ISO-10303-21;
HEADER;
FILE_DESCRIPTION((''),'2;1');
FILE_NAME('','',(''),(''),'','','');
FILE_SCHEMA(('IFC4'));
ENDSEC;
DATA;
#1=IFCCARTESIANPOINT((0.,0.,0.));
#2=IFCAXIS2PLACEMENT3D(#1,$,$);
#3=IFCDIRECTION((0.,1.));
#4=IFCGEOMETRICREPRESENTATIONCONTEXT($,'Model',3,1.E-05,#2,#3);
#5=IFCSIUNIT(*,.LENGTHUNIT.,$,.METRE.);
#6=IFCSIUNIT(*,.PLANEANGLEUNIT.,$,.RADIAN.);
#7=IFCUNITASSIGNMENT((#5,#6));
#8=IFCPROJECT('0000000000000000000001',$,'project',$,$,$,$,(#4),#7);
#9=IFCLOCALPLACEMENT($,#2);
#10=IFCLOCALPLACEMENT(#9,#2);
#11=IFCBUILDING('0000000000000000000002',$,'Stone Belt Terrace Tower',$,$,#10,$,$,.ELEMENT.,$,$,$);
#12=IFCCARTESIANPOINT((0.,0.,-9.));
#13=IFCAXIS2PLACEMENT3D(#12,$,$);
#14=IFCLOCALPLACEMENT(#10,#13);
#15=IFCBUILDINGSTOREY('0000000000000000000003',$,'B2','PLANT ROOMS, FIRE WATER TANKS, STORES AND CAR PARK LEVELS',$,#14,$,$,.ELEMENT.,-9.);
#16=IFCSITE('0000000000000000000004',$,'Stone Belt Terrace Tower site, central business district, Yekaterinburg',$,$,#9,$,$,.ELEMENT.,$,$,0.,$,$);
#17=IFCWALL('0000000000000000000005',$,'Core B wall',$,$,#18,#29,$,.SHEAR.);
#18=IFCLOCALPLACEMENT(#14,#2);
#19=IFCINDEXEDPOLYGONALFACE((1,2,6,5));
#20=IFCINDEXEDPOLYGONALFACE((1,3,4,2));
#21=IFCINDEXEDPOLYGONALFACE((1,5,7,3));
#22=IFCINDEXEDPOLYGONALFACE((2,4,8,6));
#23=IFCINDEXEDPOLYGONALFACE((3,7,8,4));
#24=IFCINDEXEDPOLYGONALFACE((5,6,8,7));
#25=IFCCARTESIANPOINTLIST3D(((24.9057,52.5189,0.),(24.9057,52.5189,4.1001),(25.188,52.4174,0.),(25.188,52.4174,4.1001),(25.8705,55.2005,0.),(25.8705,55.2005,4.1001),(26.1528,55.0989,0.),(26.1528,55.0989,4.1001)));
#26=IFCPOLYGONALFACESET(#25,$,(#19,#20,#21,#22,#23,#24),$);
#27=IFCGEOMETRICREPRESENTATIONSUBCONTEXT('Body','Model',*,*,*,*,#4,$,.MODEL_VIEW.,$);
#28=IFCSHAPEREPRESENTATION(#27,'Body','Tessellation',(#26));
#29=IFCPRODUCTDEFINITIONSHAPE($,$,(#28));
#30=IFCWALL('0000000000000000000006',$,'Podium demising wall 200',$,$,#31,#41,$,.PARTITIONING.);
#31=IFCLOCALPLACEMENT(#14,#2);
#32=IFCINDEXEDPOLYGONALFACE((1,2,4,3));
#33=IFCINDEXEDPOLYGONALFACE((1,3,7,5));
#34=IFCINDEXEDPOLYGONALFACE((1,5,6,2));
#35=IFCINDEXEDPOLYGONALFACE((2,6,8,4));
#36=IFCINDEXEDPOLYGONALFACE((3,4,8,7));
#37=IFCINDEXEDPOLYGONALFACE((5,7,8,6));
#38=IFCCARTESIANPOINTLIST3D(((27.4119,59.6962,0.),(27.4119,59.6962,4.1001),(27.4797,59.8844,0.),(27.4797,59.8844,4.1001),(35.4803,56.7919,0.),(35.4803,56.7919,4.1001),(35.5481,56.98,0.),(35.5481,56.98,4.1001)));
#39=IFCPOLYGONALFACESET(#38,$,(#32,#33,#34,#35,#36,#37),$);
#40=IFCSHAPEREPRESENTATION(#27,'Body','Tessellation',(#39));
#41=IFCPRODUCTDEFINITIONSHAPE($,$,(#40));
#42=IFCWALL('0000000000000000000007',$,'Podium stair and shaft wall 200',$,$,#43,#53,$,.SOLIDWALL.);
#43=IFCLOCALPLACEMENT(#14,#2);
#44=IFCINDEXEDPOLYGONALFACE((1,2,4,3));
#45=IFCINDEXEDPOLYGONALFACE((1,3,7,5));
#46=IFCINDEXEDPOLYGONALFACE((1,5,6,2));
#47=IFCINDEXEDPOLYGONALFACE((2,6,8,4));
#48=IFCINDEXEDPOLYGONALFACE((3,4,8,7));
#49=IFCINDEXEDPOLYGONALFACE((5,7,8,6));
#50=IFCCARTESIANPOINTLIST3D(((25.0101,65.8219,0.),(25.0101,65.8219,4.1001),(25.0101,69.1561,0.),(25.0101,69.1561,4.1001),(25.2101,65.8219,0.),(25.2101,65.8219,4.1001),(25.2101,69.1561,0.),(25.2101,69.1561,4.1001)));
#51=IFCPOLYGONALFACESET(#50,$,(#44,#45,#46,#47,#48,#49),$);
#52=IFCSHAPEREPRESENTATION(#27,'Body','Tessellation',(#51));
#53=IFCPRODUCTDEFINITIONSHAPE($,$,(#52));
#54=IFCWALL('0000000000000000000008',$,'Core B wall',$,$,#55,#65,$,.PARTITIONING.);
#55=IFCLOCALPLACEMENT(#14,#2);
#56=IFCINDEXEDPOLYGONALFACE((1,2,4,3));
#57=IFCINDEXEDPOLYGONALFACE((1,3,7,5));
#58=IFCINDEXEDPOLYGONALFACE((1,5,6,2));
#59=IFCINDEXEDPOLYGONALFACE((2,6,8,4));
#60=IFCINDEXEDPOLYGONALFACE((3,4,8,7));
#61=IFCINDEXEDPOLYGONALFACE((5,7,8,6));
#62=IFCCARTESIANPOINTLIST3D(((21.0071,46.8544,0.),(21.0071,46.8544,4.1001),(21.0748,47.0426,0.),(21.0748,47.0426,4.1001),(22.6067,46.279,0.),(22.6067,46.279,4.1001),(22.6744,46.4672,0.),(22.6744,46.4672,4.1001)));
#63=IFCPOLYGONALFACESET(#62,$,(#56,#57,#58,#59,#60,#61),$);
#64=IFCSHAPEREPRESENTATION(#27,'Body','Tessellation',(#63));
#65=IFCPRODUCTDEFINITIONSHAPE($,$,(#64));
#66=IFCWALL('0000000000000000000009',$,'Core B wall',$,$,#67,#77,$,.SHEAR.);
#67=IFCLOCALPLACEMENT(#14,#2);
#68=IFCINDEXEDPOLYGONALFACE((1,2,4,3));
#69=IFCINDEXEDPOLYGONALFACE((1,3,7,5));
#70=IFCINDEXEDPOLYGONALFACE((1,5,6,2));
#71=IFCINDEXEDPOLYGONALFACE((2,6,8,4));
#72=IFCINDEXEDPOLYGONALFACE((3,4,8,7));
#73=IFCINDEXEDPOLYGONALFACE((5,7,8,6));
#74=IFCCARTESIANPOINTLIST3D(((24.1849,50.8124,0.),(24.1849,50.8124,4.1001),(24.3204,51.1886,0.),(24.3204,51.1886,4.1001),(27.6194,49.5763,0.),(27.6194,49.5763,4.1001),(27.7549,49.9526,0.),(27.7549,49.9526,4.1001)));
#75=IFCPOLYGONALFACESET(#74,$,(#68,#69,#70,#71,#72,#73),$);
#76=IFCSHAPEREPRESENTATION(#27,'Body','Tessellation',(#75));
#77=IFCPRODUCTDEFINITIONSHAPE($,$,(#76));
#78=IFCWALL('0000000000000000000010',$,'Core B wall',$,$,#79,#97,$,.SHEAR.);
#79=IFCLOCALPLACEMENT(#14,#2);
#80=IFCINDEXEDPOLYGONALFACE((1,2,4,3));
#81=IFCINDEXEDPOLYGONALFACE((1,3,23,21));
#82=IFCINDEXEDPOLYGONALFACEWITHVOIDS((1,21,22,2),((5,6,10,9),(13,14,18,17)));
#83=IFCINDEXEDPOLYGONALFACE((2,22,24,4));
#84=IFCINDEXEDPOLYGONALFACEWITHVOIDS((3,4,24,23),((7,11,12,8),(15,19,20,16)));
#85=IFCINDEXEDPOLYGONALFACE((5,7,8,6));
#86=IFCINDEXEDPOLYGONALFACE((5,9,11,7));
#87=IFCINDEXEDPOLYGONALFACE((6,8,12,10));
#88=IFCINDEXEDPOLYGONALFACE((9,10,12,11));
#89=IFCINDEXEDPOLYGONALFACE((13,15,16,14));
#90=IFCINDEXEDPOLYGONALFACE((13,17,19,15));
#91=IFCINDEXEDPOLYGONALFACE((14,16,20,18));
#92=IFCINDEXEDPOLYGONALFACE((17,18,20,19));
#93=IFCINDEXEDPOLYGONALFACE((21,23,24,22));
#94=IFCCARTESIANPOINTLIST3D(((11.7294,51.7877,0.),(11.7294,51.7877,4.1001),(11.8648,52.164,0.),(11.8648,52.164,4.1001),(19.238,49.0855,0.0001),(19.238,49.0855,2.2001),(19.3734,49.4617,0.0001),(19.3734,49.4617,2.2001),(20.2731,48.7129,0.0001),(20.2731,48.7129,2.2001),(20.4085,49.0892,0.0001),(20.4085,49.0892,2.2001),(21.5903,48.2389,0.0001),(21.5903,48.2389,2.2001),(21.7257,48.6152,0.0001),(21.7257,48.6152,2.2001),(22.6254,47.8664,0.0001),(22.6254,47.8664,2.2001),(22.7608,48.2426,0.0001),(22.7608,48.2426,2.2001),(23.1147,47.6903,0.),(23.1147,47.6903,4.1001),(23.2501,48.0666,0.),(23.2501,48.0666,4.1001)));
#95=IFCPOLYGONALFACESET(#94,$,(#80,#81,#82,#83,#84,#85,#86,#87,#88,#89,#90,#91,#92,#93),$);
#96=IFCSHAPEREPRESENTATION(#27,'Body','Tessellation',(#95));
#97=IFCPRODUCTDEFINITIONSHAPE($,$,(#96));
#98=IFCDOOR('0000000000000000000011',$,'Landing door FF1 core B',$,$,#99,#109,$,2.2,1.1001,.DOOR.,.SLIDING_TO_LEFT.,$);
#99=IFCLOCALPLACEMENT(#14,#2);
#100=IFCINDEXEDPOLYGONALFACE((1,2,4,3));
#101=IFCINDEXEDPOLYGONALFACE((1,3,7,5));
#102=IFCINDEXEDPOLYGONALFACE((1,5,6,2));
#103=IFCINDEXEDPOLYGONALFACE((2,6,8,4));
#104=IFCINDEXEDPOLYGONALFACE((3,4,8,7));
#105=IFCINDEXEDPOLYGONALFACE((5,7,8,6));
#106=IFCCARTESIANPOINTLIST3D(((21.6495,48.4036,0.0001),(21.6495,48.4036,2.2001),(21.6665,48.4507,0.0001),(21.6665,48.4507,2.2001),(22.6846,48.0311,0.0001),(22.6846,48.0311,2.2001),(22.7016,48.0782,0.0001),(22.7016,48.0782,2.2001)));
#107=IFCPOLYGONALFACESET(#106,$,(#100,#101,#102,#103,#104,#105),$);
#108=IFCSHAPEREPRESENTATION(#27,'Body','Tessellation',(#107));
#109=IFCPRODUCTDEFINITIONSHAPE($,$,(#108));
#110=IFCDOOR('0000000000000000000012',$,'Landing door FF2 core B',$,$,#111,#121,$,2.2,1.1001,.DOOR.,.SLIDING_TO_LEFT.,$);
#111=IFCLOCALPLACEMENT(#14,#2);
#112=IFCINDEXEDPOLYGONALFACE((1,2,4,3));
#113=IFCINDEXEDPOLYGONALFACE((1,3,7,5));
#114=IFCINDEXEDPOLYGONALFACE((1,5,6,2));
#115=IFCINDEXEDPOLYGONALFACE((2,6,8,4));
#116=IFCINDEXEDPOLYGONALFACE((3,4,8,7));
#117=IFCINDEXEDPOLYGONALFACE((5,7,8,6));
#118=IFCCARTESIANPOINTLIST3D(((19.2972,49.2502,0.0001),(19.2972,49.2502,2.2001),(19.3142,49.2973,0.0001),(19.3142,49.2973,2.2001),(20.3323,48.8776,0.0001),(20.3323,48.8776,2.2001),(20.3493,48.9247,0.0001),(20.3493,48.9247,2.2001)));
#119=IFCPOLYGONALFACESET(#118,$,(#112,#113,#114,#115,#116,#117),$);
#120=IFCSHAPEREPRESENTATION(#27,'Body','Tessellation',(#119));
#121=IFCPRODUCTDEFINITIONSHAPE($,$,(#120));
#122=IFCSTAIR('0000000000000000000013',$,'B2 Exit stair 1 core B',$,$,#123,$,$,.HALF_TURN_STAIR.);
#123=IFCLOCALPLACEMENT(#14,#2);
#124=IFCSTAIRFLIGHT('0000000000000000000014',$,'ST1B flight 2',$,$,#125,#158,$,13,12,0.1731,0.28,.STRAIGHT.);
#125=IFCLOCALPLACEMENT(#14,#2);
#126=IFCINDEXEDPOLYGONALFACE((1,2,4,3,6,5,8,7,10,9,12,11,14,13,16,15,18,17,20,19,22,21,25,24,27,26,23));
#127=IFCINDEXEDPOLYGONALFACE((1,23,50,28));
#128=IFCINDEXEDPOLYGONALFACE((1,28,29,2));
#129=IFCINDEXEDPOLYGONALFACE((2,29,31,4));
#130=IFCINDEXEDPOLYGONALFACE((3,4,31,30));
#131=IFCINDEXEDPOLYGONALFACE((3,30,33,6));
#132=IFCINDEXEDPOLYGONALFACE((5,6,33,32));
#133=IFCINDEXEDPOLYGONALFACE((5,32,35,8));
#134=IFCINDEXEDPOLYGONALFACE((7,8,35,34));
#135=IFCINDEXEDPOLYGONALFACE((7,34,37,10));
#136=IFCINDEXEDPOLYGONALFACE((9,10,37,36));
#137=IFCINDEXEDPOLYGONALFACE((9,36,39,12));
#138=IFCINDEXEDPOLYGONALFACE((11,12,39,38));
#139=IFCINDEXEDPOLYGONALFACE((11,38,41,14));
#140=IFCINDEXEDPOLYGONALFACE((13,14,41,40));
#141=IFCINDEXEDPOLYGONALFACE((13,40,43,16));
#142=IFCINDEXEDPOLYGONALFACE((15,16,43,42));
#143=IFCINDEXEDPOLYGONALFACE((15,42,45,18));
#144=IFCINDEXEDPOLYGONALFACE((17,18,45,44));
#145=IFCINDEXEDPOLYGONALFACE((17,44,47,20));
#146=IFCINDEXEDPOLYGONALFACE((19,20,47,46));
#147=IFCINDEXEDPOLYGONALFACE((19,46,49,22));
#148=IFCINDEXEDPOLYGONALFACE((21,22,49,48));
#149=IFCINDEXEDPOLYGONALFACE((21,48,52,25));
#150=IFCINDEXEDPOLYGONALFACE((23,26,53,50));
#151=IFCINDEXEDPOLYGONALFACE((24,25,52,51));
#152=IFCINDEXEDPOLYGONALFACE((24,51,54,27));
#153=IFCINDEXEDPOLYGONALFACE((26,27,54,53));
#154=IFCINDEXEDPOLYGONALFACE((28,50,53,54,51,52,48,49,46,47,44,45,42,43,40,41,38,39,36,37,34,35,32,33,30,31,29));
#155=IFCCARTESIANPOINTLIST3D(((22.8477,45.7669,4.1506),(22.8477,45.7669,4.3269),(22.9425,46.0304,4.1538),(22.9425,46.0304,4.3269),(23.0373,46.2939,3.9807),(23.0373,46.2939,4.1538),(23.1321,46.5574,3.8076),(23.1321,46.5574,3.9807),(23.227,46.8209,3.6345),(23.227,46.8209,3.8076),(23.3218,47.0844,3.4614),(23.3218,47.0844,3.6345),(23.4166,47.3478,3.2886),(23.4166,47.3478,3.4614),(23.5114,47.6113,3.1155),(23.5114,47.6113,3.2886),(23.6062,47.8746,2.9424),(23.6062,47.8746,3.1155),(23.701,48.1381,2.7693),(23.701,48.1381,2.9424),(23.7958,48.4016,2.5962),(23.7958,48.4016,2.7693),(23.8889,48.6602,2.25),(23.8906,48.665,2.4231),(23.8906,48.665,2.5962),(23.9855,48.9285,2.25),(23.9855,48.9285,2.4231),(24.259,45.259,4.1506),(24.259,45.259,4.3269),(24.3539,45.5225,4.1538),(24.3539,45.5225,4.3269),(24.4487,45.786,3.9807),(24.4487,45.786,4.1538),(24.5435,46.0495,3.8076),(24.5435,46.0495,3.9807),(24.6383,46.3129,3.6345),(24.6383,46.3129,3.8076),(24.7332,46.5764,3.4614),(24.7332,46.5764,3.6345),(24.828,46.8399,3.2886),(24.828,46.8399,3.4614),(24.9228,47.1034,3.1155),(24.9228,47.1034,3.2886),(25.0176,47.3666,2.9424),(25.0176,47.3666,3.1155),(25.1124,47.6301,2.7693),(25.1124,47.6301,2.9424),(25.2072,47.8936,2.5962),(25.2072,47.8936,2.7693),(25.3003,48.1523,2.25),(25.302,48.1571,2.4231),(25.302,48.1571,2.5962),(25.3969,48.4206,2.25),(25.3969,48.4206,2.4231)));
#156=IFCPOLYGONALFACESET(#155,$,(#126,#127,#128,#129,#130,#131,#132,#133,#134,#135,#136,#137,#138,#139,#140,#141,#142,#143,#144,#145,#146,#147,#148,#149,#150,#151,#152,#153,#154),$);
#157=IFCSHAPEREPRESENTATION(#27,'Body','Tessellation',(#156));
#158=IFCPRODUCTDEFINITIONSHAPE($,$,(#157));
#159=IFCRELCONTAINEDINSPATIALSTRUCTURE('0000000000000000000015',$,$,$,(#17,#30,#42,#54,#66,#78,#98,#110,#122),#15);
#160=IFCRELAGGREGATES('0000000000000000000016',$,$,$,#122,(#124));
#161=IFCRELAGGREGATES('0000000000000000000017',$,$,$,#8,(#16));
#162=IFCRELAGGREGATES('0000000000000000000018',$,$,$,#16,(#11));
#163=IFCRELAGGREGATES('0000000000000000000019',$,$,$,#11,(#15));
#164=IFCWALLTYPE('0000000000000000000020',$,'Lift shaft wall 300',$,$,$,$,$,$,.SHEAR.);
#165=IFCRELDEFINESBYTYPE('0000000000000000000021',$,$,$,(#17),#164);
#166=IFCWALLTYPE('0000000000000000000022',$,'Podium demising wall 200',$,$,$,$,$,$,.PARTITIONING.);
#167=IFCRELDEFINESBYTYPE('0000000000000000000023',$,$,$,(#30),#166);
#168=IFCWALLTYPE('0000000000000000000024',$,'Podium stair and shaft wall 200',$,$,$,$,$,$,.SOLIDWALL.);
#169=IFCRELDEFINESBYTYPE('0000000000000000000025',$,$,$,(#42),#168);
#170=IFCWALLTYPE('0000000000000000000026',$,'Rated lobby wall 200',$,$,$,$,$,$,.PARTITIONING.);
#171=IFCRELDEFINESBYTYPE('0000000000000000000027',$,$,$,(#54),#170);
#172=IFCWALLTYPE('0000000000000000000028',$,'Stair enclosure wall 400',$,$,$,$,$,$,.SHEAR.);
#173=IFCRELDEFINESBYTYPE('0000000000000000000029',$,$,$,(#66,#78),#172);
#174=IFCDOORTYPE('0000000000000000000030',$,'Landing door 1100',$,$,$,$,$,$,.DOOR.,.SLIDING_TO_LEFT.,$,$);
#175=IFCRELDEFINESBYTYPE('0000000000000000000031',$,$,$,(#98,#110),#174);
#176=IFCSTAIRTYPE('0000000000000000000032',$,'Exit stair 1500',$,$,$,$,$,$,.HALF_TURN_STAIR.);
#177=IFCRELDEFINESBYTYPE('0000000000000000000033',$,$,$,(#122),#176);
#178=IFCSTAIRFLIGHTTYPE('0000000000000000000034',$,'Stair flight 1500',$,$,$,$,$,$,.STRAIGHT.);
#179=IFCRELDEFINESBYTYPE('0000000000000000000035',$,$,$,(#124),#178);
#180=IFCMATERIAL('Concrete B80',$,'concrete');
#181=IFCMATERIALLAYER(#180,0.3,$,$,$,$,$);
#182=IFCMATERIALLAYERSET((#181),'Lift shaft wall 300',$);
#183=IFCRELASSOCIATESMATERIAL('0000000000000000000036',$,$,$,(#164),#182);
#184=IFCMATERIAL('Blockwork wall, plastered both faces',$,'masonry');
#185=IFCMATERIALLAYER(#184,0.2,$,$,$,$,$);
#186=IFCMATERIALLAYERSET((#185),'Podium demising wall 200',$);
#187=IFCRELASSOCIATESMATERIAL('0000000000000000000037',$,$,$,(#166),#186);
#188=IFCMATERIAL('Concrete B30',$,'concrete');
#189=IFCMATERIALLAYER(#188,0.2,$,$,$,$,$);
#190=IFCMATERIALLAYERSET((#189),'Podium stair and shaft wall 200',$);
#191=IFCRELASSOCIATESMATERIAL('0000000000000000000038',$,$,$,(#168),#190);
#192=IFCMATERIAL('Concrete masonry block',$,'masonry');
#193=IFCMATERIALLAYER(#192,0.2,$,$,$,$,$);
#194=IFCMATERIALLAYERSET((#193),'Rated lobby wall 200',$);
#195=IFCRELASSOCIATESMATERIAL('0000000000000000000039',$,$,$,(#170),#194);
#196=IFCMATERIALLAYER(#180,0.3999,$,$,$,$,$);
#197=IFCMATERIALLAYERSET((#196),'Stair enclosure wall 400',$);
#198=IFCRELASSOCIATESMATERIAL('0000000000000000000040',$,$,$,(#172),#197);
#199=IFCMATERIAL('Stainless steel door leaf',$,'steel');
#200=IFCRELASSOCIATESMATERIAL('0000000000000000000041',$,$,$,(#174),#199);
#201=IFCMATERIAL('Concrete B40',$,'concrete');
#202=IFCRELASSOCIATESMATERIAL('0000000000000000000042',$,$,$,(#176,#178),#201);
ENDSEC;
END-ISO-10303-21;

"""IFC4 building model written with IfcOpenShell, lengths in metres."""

from ifc_helpers import new_model, si_unit, direction, frame, frame_2d, origin, place, context, subcontext, project, spatial, polyline, rectangle, outline, extrude, material, layer, layer_set, type_object, element, fill, aggregate, save


model = new_model("IFC4")

# Units and contexts
model_context = context("Model", 3, precision=1e-05, world=origin(), true_north=direction((0.0, 1.0)))
body_context = subcontext(model_context, "Body", "Model", "MODEL_VIEW")
ifc_project = project(units=[si_unit("LENGTHUNIT", "METRE"), si_unit("PLANEANGLEUNIT", "RADIAN")], contexts=[model_context])

# Site, building, storey
site_placement = place(None, origin())
site = spatial("IfcSite", under=ifc_project, at=site_placement, Name="Stone Belt Terrace Tower site, central business district, Yekaterinburg", CompositionType="ELEMENT", RefElevation=0.0)
building_placement = place(site_placement, origin())
building = spatial("IfcBuilding", under=site, at=building_placement, Name="Stone Belt Terrace Tower", CompositionType="ELEMENT")
storey_placement = place(building_placement, frame((0.0, 0.0, -9.0)))
storey = spatial("IfcBuildingStorey", under=building, at=storey_placement, Name="B2", Description="PLANT ROOMS, FIRE WATER TANKS, STORES AND CAR PARK LEVELS", CompositionType="ELEMENT", Elevation=-9.0)

# Shared definitions
ifc_material_1 = material(Name="Concrete B80", Category="concrete")

# Shared definitions
ifc_material_2 = material(Name="Concrete B30", Category="concrete")

# Shared definitions
ifc_layer_1 = layer(ifc_material_1, 0.3)
ifc_layer_set_1 = layer_set([ifc_layer_1], Name="Lift shaft wall 300")
wall_type_1 = type_object("IfcWallType", Name="Lift shaft wall 300", PredefinedType="SHEAR", material=ifc_layer_set_1)
ifc_material_3 = material(Name="Stainless steel door leaf", Category="steel")

# Walls
wall_1_placement = place(storey_placement, frame((25.0469, 52.4683, 0.0), z_axis=(0.0, 0.0, 1.0), x_axis=(0.33855, 0.940949, 0.0)))
element("IfcWall", 1, at=wall_1_placement, inside=storey, type_object=wall_type_1, Name="Core B wall", PredefinedType="SHEAR", context=body_context, shape_type="SweptSolid", body=[
    extrude(rectangle(XDim=2.8499, YDim=0.3, at=frame_2d((1.4248, 0.0))), origin(), (0.0, 0.0, 1.0), 4.1001),
])
ifc_material_4 = material(Name="Blockwork wall, plastered both faces", Category="masonry")
ifc_layer_2 = layer(ifc_material_4, 0.2)
ifc_layer_set_2 = layer_set([ifc_layer_2], Name="Podium demising wall 200")
wall_type_2 = type_object("IfcWallType", Name="Podium demising wall 200", PredefinedType="PARTITIONING", material=ifc_layer_set_2)
wall_2_placement = place(storey_placement, frame((27.4458, 59.7903, 0.0), z_axis=(0.0, 0.0, 1.0), x_axis=(0.940899, -0.338687, 0.0)))
element("IfcWall", 2, at=wall_2_placement, inside=storey, type_object=wall_type_2, Name="Podium demising wall 200", PredefinedType="PARTITIONING", context=body_context, shape_type="SweptSolid", body=[
    extrude(rectangle(XDim=8.5752, YDim=0.2, at=frame_2d((4.2876, 0.0))), origin(), (0.0, 0.0, 1.0), 4.1001),
])
ifc_layer_3 = layer(ifc_material_2, 0.2)
ifc_layer_set_3 = layer_set([ifc_layer_3], Name="Podium stair and shaft wall 200")
wall_type_3 = type_object("IfcWallType", Name="Podium stair and shaft wall 200", PredefinedType="SOLIDWALL", material=ifc_layer_set_3)
wall_3_placement = place(storey_placement, frame((25.1101, 65.822, 0.0), z_axis=(0.0, 0.0, 1.0), x_axis=(0.0, 1.0, 0.0)))
element("IfcWall", 3, at=wall_3_placement, inside=storey, type_object=wall_type_3, Name="Podium stair and shaft wall 200", PredefinedType="SOLIDWALL", context=body_context, shape_type="SweptSolid", body=[
    extrude(rectangle(XDim=3.3342, YDim=0.2, at=frame_2d((1.667, 0.0))), origin(), (0.0, 0.0, 1.0), 4.1001),
])
ifc_material_5 = material(Name="Concrete masonry block", Category="masonry")
ifc_layer_4 = layer(ifc_material_5, 0.2)
ifc_layer_set_4 = layer_set([ifc_layer_4], Name="Rated lobby wall 200")
wall_type_4 = type_object("IfcWallType", Name="Rated lobby wall 200", PredefinedType="PARTITIONING", material=ifc_layer_set_4)
wall_4_placement = place(storey_placement, frame((22.6406, 46.373, 0.0), z_axis=(0.0, 0.0, 1.0), x_axis=(-0.940966, 0.338501, 0.0)))
element("IfcWall", 4, at=wall_4_placement, inside=storey, type_object=wall_type_4, Name="Core B wall", PredefinedType="PARTITIONING", context=body_context, shape_type="SweptSolid", body=[
    extrude(rectangle(XDim=1.7, YDim=0.2, at=frame_2d((0.8501, 0.0))), origin(), (0.0, 0.0, 1.0), 4.1001),
])
ifc_layer_5 = layer(ifc_material_1, 0.3999)
ifc_layer_set_5 = layer_set([ifc_layer_5], Name="Stair enclosure wall 400")
wall_type_5 = type_object("IfcWallType", Name="Stair enclosure wall 400", PredefinedType="SHEAR", material=ifc_layer_set_5)
wall_5_placement = place(storey_placement, frame((27.6873, 49.7644, 0.0), z_axis=(0.0, 0.0, 1.0), x_axis=(-0.940919, 0.338632, 0.0)))
element("IfcWall", 5, at=wall_5_placement, inside=storey, type_object=wall_type_5, Name="Core B wall", PredefinedType="SHEAR", context=body_context, shape_type="SweptSolid", body=[
    extrude(rectangle(XDim=3.6501, YDim=0.3999, at=frame_2d((1.8252, 0.0))), origin(), (0.0, 0.0, 1.0), 4.1001),
])

# Wall, openings, doors
wall_6_placement = place(storey_placement, frame((23.1824, 47.8784, 0.0), z_axis=(0.0, 0.0, 1.0), x_axis=(-0.940921, 0.338626, 0.0)))
wall_6 = element("IfcWall", 6, at=wall_6_placement, inside=storey, type_object=wall_type_5, Name="Core B wall", PredefinedType="SHEAR", context=body_context, shape_type="SweptSolid", body=[
    extrude(rectangle(XDim=12.1001, YDim=0.3999, at=frame_2d((6.05, 0.0))), origin(), (0.0, 0.0, 1.0), 4.1001),
])
opening_1_placement = place(wall_6_placement, frame((0.52, 0.0, 0.0)))
opening_1 = element("IfcOpeningElement", 7, at=opening_1_placement, cuts=wall_6, PredefinedType="OPENING", context=body_context, shape_type="SweptSolid", body=[
    extrude(rectangle(XDim=1.1001, YDim=2.2, at=frame_2d((0.55, 1.1001))), frame((0.0, 0.21, 0.0), z_axis=(0.0, -1.0, 0.0), x_axis=(1.0, 0.0, 0.0)), (0.0, 0.0, 1.0), 0.4199),
])
opening_2_placement = place(wall_6_placement, frame((3.02, 0.0, 0.0)))
opening_2 = element("IfcOpeningElement", 8, at=opening_2_placement, cuts=wall_6, PredefinedType="OPENING", context=body_context, shape_type="SweptSolid", body=[
    extrude(rectangle(XDim=1.1001, YDim=2.2, at=frame_2d((0.55, 1.1001))), frame((0.0, 0.21, 0.0), z_axis=(0.0, -1.0, 0.0), x_axis=(1.0, 0.0, 0.0)), (0.0, 0.0, 1.0), 0.4199),
])
door_type_1 = type_object("IfcDoorType", Name="Landing door 1100", OperationType="SLIDING_TO_LEFT", PredefinedType="DOOR", material=ifc_material_3)
door_1_placement = place(opening_1_placement, origin())
door_1 = element("IfcDoor", 9, at=door_1_placement, inside=storey, type_object=door_type_1, Name="Landing door FF1 core B", OperationType="SLIDING_TO_LEFT", OverallHeight=2.2, OverallWidth=1.1001, PredefinedType="DOOR", context=body_context, shape_type="SweptSolid", body=[
    extrude(rectangle(XDim=1.1001, YDim=2.2, at=frame_2d((0.55, 1.1001))), frame((0.0, 0.0249, 0.0), z_axis=(0.0, -1.0, 0.0), x_axis=(1.0, 0.0, 0.0)), (0.0, 0.0, 1.0), 0.05),
])
fill(opening_1, door_1)
door_2_placement = place(opening_2_placement, origin())
door_2 = element("IfcDoor", 10, at=door_2_placement, inside=storey, type_object=door_type_1, Name="Landing door FF2 core B", OperationType="SLIDING_TO_LEFT", OverallHeight=2.2, OverallWidth=1.1001, PredefinedType="DOOR", context=body_context, shape_type="SweptSolid", body=[
    extrude(rectangle(XDim=1.1001, YDim=2.2, at=frame_2d((0.55, 1.1001))), frame((0.0, 0.0249, 0.0), z_axis=(0.0, -1.0, 0.0), x_axis=(1.0, 0.0, 0.0)), (0.0, 0.0, 1.0), 0.05),
])
fill(opening_2, door_2)

# Stair, stair flight
ifc_material_6 = material(Name="Concrete B40", Category="concrete")
stair_type = type_object("IfcStairType", Name="Exit stair 1500", PredefinedType="HALF_TURN_STAIR", material=ifc_material_6)
stair_placement = place(storey_placement, origin())
stair = element("IfcStair", 11, at=stair_placement, inside=storey, type_object=stair_type, Name="B2 Exit stair 1 core B", PredefinedType="HALF_TURN_STAIR")
stair_flight_type = type_object("IfcStairFlightType", Name="Stair flight 1500", PredefinedType="STRAIGHT", material=ifc_material_6)
stair_flight_placement = place(storey_placement, frame((24.6912, 48.6746, 2.25), z_axis=(0.0, 0.0, 1.0), x_axis=(-0.338624, -0.940922, 0.0)))
stair_flight = element("IfcStairFlight", 12, at=stair_flight_placement, type_object=stair_flight_type, Name="ST1B flight 2", NumberOfRisers=13, NumberOfTreads=12, PredefinedType="STRAIGHT", RiserHeight=0.1731, TreadLength=0.28, context=body_context, shape_type="SweptSolid", body=[
    extrude(outline(polyline([(0.0, 0.0), (0.0, 0.1731), (0.28, 0.1731), (0.28, 0.3462), (0.5601, 0.3462), (0.5601, 0.5193), (0.8401, 0.5193), (0.8401, 0.6924), (1.1201, 0.6924), (1.1201, 0.8655), (1.3999, 0.8655), (1.3999, 1.0386), (1.6799, 1.0386), (1.6799, 1.2114), (1.96, 1.2114), (1.96, 1.3845), (2.24, 1.3845), (2.24, 1.5576), (2.52, 1.5576), (2.52, 1.7307), (2.8, 1.7307), (2.8, 1.9038), (3.0801, 1.9038), (3.0801, 2.0769), (3.3601, 2.0769), (3.3601, 2.25), (3.3601, 1.9006), (0.2852, 0.0), (0.0, 0.0)])), frame((0.0, 0.75, 0.0), z_axis=(0.0, -1.0, 0.0), x_axis=(1.0, 0.0, 0.0)), (0.0, 0.0, 1.0), 1.5),
])
aggregate(stair, [stair_flight])

save(model, "model.ifc")
